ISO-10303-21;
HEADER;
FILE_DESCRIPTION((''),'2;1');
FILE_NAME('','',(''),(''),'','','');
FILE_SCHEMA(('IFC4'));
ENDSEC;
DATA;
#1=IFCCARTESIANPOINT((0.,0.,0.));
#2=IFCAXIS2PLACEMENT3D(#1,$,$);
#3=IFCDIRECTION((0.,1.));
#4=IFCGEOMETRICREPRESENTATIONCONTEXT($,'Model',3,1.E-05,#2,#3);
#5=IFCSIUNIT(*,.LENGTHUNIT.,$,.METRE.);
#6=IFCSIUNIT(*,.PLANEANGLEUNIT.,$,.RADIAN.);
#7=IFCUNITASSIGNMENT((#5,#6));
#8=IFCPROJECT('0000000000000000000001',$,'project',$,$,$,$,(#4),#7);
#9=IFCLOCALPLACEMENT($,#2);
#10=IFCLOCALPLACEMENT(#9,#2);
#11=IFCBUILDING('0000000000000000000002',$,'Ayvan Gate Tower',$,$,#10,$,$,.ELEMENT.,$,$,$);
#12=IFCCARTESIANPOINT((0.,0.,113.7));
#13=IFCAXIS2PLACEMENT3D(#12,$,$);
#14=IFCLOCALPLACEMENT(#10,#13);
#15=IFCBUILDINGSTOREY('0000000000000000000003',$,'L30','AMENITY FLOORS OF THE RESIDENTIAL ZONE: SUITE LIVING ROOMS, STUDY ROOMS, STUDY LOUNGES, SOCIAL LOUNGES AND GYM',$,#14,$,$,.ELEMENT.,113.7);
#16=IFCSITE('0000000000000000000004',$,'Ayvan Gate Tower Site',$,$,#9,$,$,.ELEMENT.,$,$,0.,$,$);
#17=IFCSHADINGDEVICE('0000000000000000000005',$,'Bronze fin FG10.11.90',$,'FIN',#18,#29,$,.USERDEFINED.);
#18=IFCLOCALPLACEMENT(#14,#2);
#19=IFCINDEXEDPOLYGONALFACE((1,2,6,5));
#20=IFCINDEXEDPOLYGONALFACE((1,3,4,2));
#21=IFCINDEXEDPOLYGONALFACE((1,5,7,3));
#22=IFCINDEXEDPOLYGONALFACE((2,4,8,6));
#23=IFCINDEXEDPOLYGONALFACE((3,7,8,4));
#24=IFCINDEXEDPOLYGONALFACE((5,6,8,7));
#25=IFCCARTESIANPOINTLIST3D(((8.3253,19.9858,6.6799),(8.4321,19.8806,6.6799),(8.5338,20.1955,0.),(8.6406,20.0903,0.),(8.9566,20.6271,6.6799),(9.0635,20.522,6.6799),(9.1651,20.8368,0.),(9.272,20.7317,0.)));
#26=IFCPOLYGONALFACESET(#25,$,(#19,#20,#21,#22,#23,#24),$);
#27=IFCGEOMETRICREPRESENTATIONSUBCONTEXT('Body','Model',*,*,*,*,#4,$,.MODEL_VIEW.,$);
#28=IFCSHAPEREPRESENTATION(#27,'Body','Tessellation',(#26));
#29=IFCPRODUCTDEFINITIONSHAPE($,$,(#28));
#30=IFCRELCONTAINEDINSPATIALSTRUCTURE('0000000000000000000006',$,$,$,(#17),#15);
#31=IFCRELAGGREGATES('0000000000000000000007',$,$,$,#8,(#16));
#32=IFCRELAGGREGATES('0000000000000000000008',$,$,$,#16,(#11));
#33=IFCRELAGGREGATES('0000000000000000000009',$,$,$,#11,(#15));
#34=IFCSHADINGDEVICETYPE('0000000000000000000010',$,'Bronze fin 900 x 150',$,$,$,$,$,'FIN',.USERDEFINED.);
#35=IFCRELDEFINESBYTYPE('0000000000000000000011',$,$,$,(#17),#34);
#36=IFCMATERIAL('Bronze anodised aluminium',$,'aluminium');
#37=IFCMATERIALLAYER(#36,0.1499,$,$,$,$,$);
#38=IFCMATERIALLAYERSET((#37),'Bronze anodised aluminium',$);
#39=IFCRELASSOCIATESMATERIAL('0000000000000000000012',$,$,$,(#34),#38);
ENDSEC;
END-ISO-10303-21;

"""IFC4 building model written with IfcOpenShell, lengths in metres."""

from ifc_helpers import new_model, si_unit, direction, frame, origin, place, context, subcontext, project, spatial, polyline, outline, extrude, material, layer, layer_set, type_object, element, save


model = new_model("IFC4")

# Units and contexts
model_context = context("Model", 3, precision=1e-05, world=origin(), true_north=direction((0.0, 1.0)))
body_context = subcontext(model_context, "Body", "Model", "MODEL_VIEW")
ifc_project = project(units=[si_unit("LENGTHUNIT", "METRE"), si_unit("PLANEANGLEUNIT", "RADIAN")], contexts=[model_context])

# Site, building, storey
site_placement = place(None, origin())
site = spatial("IfcSite", under=ifc_project, at=site_placement, Name="Ayvan Gate Tower Site", CompositionType="ELEMENT", RefElevation=0.0)
building_placement = place(site_placement, origin())
building = spatial("IfcBuilding", under=site, at=building_placement, Name="Ayvan Gate Tower", CompositionType="ELEMENT")
storey_placement = place(building_placement, frame((0.0, 0.0, 113.7)))
storey = spatial("IfcBuildingStorey", under=building, at=storey_placement, Name="L30", Description="AMENITY FLOORS OF THE RESIDENTIAL ZONE: SUITE LIVING ROOMS, STUDY ROOMS, STUDY LOUNGES, SOCIAL LOUNGES AND GYM", CompositionType="ELEMENT", Elevation=113.7)

# Shared definitions
ifc_material_1 = material(Name="Bronze anodised aluminium", Category="aluminium")

# Shading device
ifc_layer_1 = layer(ifc_material_1, 0.1499)
ifc_layer_set_1 = layer_set([ifc_layer_1], Name="Bronze anodised aluminium")
shading_device_type = type_object("IfcShadingDeviceType", Name="Bronze fin 900 x 150", ElementType="FIN", PredefinedType="USERDEFINED", material=ifc_layer_set_1)
shading_device_1_placement = place(storey_placement, frame((8.6406, 20.0903, 0.0), z_axis=(0.712646, -0.701524, 0.000219), x_axis=(0.701524, 0.712646, 0.0)))
element("IfcShadingDevice", 1, at=shading_device_1_placement, inside=storey, type_object=shading_device_type, Name="Bronze fin FG10.11.90", ObjectType="FIN", PredefinedType="USERDEFINED", context=body_context, shape_type="SweptSolid", body=[
    extrude(outline(polyline([(0.0, 0.0), (0.9, 0.0), (0.6042, 6.6799), (-0.2957, 6.6799), (0.0, 0.0)])), origin(), (0.0, 0.0, -1.0), 0.1499),
])

save(model, "model.ifc")
